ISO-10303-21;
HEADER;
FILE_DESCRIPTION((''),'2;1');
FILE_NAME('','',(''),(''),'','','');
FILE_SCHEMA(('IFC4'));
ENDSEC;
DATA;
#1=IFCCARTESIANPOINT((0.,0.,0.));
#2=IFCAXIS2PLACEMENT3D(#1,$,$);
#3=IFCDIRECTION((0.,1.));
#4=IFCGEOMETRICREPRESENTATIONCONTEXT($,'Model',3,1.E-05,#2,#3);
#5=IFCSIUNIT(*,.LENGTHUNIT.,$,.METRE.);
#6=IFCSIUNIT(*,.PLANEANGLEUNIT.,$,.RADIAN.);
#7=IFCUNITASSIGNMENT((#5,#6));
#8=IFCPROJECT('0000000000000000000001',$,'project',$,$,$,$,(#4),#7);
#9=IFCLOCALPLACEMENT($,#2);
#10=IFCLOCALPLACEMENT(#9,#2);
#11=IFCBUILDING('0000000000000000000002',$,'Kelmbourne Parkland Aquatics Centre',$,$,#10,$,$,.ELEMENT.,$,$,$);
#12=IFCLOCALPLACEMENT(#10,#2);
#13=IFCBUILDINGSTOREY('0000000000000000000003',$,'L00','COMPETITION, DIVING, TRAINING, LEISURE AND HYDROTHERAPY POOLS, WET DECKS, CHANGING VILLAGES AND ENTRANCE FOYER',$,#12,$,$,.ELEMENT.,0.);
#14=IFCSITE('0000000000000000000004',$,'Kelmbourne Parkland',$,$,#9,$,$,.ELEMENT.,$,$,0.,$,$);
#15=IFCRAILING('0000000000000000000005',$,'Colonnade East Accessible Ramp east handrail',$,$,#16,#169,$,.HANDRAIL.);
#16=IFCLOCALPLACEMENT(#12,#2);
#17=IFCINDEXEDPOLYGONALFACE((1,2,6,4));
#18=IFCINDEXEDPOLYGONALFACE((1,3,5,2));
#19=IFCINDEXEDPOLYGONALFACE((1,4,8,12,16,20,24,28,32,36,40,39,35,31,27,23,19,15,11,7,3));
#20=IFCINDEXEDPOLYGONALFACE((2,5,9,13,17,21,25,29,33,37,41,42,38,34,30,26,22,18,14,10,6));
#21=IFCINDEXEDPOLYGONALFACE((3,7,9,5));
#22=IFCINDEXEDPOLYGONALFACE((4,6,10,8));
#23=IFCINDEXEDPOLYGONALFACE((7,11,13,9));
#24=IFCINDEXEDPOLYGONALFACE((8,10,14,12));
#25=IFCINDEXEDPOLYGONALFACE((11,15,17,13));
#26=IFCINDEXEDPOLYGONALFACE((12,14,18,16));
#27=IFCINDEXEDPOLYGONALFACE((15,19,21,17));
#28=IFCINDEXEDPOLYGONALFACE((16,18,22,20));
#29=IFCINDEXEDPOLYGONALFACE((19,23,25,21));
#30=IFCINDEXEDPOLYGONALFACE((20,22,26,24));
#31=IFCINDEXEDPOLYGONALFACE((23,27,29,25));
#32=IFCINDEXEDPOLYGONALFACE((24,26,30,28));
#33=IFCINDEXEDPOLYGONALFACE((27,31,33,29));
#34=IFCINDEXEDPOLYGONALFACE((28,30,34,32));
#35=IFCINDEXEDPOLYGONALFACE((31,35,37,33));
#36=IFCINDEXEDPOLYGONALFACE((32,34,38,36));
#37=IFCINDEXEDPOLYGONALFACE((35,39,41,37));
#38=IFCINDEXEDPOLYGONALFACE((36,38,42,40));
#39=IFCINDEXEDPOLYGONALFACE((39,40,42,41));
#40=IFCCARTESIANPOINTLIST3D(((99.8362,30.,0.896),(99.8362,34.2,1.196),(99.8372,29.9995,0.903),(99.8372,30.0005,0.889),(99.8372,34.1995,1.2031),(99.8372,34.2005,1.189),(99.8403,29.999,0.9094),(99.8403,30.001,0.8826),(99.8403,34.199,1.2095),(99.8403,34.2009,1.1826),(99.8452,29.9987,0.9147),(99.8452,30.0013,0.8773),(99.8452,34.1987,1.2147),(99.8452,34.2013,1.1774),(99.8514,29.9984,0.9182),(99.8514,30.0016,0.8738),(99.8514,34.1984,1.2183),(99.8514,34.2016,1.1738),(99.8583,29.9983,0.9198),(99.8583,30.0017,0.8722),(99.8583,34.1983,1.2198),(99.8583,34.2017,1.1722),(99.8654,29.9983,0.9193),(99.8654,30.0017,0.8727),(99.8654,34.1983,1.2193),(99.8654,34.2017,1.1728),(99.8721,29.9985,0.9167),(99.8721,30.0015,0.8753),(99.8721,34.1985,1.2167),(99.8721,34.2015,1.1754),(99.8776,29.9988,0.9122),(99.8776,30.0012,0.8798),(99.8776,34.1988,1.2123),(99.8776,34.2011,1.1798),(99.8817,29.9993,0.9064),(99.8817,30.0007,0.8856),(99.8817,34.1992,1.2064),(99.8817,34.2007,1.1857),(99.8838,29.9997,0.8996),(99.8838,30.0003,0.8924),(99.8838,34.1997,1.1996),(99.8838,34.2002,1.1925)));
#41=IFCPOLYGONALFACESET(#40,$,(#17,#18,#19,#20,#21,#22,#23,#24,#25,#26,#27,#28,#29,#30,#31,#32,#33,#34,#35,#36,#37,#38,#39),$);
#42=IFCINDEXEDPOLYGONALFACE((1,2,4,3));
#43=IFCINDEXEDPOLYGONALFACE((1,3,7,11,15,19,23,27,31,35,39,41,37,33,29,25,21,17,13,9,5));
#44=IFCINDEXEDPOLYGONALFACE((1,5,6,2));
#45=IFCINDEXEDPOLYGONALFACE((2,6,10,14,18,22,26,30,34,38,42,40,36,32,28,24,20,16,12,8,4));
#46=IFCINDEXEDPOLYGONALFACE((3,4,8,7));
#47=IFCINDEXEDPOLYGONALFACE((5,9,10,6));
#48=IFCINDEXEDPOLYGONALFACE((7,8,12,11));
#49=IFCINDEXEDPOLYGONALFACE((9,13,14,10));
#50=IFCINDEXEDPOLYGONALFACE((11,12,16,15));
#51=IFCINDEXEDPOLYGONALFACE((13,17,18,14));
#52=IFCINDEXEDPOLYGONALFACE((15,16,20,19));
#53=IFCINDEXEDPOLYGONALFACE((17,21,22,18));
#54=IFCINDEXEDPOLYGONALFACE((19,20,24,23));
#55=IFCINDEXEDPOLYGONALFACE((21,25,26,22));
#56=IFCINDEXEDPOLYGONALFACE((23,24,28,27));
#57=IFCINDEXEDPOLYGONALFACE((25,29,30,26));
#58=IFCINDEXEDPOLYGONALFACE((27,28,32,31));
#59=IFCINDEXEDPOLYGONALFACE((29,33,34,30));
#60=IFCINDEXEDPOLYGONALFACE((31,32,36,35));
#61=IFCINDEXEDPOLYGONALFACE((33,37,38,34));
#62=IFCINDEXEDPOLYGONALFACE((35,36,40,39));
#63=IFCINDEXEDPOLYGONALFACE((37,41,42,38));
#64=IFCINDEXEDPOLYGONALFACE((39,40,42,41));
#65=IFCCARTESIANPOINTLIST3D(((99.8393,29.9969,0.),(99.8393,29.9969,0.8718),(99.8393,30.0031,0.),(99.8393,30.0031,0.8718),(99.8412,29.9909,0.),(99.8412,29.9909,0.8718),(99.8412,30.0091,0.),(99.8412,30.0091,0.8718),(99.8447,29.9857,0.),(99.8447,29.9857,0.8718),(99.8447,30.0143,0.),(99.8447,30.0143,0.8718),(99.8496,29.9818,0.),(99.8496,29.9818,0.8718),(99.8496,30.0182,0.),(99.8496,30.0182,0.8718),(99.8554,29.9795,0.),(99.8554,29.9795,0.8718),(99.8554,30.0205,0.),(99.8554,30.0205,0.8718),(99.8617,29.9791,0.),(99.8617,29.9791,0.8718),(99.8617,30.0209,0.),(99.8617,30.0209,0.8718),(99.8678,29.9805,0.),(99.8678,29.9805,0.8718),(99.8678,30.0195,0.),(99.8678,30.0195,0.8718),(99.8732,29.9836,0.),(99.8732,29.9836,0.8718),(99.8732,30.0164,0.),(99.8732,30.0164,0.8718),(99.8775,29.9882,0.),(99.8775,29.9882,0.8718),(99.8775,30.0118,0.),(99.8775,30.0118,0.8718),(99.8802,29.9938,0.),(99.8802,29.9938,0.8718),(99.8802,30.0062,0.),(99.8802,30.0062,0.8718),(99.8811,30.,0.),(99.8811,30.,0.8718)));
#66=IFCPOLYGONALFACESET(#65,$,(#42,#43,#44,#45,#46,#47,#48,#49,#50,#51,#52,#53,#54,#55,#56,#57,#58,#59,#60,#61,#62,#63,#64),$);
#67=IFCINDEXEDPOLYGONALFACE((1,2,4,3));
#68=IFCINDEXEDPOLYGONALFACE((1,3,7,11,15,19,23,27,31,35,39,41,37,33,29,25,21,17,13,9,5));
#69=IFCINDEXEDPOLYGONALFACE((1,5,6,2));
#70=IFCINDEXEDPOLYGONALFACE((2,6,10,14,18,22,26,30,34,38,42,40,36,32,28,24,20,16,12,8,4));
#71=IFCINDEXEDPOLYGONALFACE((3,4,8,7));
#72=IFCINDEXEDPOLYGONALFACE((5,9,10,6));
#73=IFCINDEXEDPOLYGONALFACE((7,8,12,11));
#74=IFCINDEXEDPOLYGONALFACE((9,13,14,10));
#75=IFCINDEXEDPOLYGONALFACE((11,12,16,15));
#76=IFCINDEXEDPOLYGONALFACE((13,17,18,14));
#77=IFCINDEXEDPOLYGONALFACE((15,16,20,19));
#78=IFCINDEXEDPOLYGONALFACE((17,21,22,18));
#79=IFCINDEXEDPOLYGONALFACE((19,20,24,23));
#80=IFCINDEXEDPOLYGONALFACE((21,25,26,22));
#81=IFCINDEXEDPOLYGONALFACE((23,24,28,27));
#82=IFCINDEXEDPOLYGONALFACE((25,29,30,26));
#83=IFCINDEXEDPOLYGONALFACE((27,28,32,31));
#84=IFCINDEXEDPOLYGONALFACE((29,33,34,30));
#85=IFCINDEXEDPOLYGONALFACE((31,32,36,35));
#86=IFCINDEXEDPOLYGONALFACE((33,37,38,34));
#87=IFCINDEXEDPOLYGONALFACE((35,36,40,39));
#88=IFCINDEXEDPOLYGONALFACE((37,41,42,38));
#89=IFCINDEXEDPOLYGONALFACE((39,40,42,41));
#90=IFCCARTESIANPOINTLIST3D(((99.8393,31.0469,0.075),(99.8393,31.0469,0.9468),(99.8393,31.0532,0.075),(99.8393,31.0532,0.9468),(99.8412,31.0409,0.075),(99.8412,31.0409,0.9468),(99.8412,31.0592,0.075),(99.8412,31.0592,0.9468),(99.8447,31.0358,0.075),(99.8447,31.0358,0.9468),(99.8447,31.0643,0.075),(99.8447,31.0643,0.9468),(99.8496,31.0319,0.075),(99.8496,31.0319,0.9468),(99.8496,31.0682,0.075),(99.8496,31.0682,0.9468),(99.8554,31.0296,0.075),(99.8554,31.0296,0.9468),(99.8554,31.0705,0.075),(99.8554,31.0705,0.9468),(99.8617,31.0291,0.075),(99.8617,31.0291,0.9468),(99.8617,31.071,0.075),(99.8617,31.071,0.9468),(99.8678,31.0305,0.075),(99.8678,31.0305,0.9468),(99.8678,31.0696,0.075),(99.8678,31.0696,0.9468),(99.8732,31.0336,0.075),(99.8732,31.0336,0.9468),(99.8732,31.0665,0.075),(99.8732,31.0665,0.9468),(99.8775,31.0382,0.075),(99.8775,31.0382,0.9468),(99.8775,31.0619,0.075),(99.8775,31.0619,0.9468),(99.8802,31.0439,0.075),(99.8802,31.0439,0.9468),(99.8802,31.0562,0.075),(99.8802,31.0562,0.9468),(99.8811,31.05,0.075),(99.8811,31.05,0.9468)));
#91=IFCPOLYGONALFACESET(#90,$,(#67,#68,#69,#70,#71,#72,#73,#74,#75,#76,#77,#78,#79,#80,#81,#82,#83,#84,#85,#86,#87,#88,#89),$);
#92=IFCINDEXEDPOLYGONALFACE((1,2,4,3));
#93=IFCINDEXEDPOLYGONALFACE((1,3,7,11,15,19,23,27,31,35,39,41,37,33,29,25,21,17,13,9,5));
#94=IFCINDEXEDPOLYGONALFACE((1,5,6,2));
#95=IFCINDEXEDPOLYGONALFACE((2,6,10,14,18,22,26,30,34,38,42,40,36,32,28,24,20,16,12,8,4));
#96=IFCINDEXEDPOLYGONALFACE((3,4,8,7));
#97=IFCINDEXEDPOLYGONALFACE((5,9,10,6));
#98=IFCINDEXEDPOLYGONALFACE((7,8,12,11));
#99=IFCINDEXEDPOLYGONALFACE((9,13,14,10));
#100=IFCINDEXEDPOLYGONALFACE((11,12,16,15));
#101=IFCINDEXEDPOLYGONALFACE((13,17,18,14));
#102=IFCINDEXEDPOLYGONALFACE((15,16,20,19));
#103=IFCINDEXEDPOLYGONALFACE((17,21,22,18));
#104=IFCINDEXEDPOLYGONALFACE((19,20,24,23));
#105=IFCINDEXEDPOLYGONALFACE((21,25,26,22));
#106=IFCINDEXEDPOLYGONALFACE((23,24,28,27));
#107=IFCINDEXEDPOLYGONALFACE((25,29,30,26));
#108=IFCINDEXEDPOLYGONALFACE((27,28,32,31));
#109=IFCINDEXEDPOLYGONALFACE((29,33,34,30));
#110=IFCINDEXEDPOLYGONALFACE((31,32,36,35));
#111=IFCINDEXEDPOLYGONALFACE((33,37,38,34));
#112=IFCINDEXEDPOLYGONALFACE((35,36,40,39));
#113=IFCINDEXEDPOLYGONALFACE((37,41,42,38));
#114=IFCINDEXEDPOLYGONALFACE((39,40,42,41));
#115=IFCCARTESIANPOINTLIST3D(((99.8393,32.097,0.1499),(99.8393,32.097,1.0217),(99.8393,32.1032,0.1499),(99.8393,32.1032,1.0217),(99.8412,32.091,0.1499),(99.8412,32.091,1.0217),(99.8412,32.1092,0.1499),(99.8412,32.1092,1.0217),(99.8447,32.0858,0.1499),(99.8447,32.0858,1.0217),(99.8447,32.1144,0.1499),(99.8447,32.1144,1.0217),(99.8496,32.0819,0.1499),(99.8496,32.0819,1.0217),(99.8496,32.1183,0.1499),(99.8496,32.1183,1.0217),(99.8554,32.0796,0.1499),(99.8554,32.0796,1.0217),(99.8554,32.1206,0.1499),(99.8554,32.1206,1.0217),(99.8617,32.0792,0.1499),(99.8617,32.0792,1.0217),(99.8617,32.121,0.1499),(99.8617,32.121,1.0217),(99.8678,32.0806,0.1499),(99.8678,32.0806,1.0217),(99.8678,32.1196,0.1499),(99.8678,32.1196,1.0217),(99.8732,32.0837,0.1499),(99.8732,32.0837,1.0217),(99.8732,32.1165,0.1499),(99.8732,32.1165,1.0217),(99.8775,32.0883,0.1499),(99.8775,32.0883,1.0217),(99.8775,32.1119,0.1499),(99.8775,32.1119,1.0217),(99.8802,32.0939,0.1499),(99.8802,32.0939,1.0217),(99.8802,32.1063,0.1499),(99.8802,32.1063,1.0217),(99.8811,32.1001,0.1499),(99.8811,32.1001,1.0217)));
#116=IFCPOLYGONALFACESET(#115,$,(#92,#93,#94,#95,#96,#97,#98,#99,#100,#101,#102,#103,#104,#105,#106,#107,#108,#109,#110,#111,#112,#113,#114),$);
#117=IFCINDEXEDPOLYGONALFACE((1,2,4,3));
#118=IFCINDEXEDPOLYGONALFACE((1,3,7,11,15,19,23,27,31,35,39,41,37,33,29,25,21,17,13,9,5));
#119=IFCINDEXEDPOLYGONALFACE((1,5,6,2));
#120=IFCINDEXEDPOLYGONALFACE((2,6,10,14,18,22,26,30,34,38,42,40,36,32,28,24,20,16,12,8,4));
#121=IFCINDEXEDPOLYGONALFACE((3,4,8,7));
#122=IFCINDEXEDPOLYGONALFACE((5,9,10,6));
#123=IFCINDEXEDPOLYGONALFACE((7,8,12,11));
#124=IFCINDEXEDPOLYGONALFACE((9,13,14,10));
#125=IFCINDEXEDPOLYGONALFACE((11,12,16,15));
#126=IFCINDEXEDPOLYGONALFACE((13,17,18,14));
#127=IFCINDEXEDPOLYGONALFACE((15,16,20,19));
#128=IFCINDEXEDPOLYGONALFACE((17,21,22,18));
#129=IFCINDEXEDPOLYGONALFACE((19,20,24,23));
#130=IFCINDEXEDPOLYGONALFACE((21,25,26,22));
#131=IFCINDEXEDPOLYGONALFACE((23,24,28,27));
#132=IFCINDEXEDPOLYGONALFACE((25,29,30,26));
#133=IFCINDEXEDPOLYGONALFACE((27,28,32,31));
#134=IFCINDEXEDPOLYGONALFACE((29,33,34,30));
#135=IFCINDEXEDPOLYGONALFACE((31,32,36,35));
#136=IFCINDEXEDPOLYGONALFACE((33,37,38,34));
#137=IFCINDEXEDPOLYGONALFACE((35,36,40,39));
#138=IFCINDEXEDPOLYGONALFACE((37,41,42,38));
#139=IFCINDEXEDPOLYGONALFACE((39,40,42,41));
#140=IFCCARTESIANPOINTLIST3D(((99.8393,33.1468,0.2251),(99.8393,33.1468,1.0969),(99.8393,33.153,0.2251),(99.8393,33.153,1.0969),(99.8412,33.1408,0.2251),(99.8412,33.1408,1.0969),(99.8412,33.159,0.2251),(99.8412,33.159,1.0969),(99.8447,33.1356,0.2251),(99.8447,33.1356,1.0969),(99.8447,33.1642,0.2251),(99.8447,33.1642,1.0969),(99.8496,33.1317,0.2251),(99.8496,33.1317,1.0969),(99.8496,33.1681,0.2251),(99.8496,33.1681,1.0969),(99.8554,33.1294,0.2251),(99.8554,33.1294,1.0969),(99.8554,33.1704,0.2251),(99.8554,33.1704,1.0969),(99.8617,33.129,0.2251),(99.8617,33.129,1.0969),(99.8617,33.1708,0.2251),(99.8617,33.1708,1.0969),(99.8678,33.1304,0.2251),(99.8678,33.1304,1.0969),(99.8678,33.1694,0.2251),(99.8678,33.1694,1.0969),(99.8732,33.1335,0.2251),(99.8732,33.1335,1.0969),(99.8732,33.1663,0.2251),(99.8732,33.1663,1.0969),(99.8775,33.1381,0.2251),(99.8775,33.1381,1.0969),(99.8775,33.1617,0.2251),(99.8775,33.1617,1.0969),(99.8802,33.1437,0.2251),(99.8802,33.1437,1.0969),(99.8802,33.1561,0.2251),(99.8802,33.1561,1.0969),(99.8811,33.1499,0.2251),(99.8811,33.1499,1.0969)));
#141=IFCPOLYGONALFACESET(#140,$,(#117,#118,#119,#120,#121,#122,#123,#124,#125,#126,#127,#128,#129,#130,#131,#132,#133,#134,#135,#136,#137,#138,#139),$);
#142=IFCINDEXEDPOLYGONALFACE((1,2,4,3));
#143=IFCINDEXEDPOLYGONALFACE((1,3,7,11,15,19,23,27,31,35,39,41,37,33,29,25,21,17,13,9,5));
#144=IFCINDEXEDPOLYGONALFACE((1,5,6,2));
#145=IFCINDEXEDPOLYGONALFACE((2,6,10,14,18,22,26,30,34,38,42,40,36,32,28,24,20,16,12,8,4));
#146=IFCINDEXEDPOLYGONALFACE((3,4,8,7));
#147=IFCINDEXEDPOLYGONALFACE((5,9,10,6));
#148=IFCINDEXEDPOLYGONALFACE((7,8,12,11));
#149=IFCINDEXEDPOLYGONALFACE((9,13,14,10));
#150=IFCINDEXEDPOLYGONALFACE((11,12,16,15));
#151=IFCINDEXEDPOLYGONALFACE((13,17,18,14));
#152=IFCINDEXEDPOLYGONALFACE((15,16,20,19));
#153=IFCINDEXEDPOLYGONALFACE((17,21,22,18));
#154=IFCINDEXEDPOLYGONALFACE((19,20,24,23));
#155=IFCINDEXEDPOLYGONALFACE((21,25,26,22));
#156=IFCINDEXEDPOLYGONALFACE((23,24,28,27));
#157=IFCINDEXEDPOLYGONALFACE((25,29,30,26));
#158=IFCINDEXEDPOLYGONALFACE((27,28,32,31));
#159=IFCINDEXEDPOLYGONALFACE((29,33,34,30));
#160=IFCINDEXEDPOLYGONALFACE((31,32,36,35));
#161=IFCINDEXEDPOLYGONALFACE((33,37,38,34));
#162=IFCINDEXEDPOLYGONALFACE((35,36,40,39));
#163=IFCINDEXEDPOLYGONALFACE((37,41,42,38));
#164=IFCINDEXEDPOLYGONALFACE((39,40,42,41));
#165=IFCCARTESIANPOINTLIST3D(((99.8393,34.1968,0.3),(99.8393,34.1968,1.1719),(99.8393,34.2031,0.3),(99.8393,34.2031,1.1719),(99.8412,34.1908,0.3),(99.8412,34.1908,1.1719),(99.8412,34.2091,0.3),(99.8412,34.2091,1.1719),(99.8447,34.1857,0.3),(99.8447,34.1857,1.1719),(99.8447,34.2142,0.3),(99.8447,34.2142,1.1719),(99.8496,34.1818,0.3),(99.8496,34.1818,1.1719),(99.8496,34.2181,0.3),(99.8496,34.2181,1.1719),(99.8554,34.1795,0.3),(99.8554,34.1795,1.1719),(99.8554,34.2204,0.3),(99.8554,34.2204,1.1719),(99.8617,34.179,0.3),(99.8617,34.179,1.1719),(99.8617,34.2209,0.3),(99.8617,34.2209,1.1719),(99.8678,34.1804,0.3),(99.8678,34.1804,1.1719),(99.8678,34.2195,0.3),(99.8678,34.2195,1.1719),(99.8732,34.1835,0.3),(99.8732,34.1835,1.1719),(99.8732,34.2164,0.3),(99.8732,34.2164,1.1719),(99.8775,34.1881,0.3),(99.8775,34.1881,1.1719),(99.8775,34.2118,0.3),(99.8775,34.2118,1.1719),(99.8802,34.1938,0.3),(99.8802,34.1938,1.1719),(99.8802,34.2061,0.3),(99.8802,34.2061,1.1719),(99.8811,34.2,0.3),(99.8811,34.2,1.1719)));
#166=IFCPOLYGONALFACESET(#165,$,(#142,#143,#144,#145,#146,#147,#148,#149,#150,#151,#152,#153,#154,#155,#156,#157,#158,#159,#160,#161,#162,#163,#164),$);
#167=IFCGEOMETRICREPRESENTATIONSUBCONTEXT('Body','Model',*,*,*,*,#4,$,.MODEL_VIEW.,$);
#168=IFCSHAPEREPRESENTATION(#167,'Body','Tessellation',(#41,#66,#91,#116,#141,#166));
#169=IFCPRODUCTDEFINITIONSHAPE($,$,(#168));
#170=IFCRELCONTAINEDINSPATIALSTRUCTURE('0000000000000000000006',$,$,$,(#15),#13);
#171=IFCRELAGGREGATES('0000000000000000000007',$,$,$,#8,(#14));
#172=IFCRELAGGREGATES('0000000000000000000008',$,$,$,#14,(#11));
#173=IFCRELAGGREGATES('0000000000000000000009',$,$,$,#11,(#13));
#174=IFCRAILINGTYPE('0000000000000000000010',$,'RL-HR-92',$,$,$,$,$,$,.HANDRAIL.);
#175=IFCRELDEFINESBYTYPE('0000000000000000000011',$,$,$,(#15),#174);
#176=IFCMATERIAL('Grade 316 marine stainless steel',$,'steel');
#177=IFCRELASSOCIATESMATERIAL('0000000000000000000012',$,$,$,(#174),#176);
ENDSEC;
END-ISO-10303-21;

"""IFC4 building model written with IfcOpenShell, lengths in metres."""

from ifc_helpers import new_model, si_unit, direction, frame, origin, origin_2d, place, context, subcontext, project, spatial, circle, extrude, material, type_object, element, save


model = new_model("IFC4")

# Units and contexts
model_context = context("Model", 3, precision=1e-05, world=origin(), true_north=direction((0.0, 1.0)))
body_context = subcontext(model_context, "Body", "Model", "MODEL_VIEW")
ifc_project = project(units=[si_unit("LENGTHUNIT", "METRE"), si_unit("PLANEANGLEUNIT", "RADIAN")], contexts=[model_context])

# Site, building, storey
site_placement = place(None, origin())
site = spatial("IfcSite", under=ifc_project, at=site_placement, Name="Kelmbourne Parkland", CompositionType="ELEMENT", RefElevation=0.0)
building_placement = place(site_placement, origin())
building = spatial("IfcBuilding", under=site, at=building_placement, Name="Kelmbourne Parkland Aquatics Centre", CompositionType="ELEMENT")
storey_placement = place(building_placement, origin())
storey = spatial("IfcBuildingStorey", under=building, at=storey_placement, Name="L00", Description="COMPETITION, DIVING, TRAINING, LEISURE AND HYDROTHERAPY POOLS, WET DECKS, CHANGING VILLAGES AND ENTRANCE FOYER", CompositionType="ELEMENT", Elevation=0.0)

# Railing
ifc_material_1 = material(Name="Grade 316 marine stainless steel", Category="steel")
railing_type = type_object("IfcRailingType", Name="RL-HR-92", PredefinedType="HANDRAIL", material=ifc_material_1)
for number, where, name in (
    (1, (99.8601, 30.0, 0.0), "Colonnade East Accessible Ramp east handrail"),
):
    element("IfcRailing", number, at=place(storey_placement, frame(where)), inside=storey, type_object=railing_type, Name=name, PredefinedType="HANDRAIL", context=body_context, shape_type="SweptSolid", body=[
        extrude(circle(Radius=0.0239, at=origin_2d()), frame((0.0, 0.0, 0.896), z_axis=(0.0, 0.997458, 0.071259), x_axis=(-1.0, 0.0, 0.0)), (0.0, 0.0, 1.0), 4.2107),
        extrude(circle(Radius=0.021, at=origin_2d()), origin(), (0.0, 0.0, 1.0), 0.8718),
        extrude(circle(Radius=0.021, at=origin_2d()), frame((0.0, 1.05, 0.075)), (0.0, 0.0, 1.0), 0.8718),
        extrude(circle(Radius=0.021, at=origin_2d()), frame((0.0, 2.1001, 0.1499)), (0.0, 0.0, 1.0), 0.8718),
        extrude(circle(Radius=0.021, at=origin_2d()), frame((0.0, 3.1499, 0.2251)), (0.0, 0.0, 1.0), 0.8718),
        extrude(circle(Radius=0.021, at=origin_2d()), frame((0.0, 4.2, 0.3)), (0.0, 0.0, 1.0), 0.8718),
    ])

save(model, "model.ifc")
